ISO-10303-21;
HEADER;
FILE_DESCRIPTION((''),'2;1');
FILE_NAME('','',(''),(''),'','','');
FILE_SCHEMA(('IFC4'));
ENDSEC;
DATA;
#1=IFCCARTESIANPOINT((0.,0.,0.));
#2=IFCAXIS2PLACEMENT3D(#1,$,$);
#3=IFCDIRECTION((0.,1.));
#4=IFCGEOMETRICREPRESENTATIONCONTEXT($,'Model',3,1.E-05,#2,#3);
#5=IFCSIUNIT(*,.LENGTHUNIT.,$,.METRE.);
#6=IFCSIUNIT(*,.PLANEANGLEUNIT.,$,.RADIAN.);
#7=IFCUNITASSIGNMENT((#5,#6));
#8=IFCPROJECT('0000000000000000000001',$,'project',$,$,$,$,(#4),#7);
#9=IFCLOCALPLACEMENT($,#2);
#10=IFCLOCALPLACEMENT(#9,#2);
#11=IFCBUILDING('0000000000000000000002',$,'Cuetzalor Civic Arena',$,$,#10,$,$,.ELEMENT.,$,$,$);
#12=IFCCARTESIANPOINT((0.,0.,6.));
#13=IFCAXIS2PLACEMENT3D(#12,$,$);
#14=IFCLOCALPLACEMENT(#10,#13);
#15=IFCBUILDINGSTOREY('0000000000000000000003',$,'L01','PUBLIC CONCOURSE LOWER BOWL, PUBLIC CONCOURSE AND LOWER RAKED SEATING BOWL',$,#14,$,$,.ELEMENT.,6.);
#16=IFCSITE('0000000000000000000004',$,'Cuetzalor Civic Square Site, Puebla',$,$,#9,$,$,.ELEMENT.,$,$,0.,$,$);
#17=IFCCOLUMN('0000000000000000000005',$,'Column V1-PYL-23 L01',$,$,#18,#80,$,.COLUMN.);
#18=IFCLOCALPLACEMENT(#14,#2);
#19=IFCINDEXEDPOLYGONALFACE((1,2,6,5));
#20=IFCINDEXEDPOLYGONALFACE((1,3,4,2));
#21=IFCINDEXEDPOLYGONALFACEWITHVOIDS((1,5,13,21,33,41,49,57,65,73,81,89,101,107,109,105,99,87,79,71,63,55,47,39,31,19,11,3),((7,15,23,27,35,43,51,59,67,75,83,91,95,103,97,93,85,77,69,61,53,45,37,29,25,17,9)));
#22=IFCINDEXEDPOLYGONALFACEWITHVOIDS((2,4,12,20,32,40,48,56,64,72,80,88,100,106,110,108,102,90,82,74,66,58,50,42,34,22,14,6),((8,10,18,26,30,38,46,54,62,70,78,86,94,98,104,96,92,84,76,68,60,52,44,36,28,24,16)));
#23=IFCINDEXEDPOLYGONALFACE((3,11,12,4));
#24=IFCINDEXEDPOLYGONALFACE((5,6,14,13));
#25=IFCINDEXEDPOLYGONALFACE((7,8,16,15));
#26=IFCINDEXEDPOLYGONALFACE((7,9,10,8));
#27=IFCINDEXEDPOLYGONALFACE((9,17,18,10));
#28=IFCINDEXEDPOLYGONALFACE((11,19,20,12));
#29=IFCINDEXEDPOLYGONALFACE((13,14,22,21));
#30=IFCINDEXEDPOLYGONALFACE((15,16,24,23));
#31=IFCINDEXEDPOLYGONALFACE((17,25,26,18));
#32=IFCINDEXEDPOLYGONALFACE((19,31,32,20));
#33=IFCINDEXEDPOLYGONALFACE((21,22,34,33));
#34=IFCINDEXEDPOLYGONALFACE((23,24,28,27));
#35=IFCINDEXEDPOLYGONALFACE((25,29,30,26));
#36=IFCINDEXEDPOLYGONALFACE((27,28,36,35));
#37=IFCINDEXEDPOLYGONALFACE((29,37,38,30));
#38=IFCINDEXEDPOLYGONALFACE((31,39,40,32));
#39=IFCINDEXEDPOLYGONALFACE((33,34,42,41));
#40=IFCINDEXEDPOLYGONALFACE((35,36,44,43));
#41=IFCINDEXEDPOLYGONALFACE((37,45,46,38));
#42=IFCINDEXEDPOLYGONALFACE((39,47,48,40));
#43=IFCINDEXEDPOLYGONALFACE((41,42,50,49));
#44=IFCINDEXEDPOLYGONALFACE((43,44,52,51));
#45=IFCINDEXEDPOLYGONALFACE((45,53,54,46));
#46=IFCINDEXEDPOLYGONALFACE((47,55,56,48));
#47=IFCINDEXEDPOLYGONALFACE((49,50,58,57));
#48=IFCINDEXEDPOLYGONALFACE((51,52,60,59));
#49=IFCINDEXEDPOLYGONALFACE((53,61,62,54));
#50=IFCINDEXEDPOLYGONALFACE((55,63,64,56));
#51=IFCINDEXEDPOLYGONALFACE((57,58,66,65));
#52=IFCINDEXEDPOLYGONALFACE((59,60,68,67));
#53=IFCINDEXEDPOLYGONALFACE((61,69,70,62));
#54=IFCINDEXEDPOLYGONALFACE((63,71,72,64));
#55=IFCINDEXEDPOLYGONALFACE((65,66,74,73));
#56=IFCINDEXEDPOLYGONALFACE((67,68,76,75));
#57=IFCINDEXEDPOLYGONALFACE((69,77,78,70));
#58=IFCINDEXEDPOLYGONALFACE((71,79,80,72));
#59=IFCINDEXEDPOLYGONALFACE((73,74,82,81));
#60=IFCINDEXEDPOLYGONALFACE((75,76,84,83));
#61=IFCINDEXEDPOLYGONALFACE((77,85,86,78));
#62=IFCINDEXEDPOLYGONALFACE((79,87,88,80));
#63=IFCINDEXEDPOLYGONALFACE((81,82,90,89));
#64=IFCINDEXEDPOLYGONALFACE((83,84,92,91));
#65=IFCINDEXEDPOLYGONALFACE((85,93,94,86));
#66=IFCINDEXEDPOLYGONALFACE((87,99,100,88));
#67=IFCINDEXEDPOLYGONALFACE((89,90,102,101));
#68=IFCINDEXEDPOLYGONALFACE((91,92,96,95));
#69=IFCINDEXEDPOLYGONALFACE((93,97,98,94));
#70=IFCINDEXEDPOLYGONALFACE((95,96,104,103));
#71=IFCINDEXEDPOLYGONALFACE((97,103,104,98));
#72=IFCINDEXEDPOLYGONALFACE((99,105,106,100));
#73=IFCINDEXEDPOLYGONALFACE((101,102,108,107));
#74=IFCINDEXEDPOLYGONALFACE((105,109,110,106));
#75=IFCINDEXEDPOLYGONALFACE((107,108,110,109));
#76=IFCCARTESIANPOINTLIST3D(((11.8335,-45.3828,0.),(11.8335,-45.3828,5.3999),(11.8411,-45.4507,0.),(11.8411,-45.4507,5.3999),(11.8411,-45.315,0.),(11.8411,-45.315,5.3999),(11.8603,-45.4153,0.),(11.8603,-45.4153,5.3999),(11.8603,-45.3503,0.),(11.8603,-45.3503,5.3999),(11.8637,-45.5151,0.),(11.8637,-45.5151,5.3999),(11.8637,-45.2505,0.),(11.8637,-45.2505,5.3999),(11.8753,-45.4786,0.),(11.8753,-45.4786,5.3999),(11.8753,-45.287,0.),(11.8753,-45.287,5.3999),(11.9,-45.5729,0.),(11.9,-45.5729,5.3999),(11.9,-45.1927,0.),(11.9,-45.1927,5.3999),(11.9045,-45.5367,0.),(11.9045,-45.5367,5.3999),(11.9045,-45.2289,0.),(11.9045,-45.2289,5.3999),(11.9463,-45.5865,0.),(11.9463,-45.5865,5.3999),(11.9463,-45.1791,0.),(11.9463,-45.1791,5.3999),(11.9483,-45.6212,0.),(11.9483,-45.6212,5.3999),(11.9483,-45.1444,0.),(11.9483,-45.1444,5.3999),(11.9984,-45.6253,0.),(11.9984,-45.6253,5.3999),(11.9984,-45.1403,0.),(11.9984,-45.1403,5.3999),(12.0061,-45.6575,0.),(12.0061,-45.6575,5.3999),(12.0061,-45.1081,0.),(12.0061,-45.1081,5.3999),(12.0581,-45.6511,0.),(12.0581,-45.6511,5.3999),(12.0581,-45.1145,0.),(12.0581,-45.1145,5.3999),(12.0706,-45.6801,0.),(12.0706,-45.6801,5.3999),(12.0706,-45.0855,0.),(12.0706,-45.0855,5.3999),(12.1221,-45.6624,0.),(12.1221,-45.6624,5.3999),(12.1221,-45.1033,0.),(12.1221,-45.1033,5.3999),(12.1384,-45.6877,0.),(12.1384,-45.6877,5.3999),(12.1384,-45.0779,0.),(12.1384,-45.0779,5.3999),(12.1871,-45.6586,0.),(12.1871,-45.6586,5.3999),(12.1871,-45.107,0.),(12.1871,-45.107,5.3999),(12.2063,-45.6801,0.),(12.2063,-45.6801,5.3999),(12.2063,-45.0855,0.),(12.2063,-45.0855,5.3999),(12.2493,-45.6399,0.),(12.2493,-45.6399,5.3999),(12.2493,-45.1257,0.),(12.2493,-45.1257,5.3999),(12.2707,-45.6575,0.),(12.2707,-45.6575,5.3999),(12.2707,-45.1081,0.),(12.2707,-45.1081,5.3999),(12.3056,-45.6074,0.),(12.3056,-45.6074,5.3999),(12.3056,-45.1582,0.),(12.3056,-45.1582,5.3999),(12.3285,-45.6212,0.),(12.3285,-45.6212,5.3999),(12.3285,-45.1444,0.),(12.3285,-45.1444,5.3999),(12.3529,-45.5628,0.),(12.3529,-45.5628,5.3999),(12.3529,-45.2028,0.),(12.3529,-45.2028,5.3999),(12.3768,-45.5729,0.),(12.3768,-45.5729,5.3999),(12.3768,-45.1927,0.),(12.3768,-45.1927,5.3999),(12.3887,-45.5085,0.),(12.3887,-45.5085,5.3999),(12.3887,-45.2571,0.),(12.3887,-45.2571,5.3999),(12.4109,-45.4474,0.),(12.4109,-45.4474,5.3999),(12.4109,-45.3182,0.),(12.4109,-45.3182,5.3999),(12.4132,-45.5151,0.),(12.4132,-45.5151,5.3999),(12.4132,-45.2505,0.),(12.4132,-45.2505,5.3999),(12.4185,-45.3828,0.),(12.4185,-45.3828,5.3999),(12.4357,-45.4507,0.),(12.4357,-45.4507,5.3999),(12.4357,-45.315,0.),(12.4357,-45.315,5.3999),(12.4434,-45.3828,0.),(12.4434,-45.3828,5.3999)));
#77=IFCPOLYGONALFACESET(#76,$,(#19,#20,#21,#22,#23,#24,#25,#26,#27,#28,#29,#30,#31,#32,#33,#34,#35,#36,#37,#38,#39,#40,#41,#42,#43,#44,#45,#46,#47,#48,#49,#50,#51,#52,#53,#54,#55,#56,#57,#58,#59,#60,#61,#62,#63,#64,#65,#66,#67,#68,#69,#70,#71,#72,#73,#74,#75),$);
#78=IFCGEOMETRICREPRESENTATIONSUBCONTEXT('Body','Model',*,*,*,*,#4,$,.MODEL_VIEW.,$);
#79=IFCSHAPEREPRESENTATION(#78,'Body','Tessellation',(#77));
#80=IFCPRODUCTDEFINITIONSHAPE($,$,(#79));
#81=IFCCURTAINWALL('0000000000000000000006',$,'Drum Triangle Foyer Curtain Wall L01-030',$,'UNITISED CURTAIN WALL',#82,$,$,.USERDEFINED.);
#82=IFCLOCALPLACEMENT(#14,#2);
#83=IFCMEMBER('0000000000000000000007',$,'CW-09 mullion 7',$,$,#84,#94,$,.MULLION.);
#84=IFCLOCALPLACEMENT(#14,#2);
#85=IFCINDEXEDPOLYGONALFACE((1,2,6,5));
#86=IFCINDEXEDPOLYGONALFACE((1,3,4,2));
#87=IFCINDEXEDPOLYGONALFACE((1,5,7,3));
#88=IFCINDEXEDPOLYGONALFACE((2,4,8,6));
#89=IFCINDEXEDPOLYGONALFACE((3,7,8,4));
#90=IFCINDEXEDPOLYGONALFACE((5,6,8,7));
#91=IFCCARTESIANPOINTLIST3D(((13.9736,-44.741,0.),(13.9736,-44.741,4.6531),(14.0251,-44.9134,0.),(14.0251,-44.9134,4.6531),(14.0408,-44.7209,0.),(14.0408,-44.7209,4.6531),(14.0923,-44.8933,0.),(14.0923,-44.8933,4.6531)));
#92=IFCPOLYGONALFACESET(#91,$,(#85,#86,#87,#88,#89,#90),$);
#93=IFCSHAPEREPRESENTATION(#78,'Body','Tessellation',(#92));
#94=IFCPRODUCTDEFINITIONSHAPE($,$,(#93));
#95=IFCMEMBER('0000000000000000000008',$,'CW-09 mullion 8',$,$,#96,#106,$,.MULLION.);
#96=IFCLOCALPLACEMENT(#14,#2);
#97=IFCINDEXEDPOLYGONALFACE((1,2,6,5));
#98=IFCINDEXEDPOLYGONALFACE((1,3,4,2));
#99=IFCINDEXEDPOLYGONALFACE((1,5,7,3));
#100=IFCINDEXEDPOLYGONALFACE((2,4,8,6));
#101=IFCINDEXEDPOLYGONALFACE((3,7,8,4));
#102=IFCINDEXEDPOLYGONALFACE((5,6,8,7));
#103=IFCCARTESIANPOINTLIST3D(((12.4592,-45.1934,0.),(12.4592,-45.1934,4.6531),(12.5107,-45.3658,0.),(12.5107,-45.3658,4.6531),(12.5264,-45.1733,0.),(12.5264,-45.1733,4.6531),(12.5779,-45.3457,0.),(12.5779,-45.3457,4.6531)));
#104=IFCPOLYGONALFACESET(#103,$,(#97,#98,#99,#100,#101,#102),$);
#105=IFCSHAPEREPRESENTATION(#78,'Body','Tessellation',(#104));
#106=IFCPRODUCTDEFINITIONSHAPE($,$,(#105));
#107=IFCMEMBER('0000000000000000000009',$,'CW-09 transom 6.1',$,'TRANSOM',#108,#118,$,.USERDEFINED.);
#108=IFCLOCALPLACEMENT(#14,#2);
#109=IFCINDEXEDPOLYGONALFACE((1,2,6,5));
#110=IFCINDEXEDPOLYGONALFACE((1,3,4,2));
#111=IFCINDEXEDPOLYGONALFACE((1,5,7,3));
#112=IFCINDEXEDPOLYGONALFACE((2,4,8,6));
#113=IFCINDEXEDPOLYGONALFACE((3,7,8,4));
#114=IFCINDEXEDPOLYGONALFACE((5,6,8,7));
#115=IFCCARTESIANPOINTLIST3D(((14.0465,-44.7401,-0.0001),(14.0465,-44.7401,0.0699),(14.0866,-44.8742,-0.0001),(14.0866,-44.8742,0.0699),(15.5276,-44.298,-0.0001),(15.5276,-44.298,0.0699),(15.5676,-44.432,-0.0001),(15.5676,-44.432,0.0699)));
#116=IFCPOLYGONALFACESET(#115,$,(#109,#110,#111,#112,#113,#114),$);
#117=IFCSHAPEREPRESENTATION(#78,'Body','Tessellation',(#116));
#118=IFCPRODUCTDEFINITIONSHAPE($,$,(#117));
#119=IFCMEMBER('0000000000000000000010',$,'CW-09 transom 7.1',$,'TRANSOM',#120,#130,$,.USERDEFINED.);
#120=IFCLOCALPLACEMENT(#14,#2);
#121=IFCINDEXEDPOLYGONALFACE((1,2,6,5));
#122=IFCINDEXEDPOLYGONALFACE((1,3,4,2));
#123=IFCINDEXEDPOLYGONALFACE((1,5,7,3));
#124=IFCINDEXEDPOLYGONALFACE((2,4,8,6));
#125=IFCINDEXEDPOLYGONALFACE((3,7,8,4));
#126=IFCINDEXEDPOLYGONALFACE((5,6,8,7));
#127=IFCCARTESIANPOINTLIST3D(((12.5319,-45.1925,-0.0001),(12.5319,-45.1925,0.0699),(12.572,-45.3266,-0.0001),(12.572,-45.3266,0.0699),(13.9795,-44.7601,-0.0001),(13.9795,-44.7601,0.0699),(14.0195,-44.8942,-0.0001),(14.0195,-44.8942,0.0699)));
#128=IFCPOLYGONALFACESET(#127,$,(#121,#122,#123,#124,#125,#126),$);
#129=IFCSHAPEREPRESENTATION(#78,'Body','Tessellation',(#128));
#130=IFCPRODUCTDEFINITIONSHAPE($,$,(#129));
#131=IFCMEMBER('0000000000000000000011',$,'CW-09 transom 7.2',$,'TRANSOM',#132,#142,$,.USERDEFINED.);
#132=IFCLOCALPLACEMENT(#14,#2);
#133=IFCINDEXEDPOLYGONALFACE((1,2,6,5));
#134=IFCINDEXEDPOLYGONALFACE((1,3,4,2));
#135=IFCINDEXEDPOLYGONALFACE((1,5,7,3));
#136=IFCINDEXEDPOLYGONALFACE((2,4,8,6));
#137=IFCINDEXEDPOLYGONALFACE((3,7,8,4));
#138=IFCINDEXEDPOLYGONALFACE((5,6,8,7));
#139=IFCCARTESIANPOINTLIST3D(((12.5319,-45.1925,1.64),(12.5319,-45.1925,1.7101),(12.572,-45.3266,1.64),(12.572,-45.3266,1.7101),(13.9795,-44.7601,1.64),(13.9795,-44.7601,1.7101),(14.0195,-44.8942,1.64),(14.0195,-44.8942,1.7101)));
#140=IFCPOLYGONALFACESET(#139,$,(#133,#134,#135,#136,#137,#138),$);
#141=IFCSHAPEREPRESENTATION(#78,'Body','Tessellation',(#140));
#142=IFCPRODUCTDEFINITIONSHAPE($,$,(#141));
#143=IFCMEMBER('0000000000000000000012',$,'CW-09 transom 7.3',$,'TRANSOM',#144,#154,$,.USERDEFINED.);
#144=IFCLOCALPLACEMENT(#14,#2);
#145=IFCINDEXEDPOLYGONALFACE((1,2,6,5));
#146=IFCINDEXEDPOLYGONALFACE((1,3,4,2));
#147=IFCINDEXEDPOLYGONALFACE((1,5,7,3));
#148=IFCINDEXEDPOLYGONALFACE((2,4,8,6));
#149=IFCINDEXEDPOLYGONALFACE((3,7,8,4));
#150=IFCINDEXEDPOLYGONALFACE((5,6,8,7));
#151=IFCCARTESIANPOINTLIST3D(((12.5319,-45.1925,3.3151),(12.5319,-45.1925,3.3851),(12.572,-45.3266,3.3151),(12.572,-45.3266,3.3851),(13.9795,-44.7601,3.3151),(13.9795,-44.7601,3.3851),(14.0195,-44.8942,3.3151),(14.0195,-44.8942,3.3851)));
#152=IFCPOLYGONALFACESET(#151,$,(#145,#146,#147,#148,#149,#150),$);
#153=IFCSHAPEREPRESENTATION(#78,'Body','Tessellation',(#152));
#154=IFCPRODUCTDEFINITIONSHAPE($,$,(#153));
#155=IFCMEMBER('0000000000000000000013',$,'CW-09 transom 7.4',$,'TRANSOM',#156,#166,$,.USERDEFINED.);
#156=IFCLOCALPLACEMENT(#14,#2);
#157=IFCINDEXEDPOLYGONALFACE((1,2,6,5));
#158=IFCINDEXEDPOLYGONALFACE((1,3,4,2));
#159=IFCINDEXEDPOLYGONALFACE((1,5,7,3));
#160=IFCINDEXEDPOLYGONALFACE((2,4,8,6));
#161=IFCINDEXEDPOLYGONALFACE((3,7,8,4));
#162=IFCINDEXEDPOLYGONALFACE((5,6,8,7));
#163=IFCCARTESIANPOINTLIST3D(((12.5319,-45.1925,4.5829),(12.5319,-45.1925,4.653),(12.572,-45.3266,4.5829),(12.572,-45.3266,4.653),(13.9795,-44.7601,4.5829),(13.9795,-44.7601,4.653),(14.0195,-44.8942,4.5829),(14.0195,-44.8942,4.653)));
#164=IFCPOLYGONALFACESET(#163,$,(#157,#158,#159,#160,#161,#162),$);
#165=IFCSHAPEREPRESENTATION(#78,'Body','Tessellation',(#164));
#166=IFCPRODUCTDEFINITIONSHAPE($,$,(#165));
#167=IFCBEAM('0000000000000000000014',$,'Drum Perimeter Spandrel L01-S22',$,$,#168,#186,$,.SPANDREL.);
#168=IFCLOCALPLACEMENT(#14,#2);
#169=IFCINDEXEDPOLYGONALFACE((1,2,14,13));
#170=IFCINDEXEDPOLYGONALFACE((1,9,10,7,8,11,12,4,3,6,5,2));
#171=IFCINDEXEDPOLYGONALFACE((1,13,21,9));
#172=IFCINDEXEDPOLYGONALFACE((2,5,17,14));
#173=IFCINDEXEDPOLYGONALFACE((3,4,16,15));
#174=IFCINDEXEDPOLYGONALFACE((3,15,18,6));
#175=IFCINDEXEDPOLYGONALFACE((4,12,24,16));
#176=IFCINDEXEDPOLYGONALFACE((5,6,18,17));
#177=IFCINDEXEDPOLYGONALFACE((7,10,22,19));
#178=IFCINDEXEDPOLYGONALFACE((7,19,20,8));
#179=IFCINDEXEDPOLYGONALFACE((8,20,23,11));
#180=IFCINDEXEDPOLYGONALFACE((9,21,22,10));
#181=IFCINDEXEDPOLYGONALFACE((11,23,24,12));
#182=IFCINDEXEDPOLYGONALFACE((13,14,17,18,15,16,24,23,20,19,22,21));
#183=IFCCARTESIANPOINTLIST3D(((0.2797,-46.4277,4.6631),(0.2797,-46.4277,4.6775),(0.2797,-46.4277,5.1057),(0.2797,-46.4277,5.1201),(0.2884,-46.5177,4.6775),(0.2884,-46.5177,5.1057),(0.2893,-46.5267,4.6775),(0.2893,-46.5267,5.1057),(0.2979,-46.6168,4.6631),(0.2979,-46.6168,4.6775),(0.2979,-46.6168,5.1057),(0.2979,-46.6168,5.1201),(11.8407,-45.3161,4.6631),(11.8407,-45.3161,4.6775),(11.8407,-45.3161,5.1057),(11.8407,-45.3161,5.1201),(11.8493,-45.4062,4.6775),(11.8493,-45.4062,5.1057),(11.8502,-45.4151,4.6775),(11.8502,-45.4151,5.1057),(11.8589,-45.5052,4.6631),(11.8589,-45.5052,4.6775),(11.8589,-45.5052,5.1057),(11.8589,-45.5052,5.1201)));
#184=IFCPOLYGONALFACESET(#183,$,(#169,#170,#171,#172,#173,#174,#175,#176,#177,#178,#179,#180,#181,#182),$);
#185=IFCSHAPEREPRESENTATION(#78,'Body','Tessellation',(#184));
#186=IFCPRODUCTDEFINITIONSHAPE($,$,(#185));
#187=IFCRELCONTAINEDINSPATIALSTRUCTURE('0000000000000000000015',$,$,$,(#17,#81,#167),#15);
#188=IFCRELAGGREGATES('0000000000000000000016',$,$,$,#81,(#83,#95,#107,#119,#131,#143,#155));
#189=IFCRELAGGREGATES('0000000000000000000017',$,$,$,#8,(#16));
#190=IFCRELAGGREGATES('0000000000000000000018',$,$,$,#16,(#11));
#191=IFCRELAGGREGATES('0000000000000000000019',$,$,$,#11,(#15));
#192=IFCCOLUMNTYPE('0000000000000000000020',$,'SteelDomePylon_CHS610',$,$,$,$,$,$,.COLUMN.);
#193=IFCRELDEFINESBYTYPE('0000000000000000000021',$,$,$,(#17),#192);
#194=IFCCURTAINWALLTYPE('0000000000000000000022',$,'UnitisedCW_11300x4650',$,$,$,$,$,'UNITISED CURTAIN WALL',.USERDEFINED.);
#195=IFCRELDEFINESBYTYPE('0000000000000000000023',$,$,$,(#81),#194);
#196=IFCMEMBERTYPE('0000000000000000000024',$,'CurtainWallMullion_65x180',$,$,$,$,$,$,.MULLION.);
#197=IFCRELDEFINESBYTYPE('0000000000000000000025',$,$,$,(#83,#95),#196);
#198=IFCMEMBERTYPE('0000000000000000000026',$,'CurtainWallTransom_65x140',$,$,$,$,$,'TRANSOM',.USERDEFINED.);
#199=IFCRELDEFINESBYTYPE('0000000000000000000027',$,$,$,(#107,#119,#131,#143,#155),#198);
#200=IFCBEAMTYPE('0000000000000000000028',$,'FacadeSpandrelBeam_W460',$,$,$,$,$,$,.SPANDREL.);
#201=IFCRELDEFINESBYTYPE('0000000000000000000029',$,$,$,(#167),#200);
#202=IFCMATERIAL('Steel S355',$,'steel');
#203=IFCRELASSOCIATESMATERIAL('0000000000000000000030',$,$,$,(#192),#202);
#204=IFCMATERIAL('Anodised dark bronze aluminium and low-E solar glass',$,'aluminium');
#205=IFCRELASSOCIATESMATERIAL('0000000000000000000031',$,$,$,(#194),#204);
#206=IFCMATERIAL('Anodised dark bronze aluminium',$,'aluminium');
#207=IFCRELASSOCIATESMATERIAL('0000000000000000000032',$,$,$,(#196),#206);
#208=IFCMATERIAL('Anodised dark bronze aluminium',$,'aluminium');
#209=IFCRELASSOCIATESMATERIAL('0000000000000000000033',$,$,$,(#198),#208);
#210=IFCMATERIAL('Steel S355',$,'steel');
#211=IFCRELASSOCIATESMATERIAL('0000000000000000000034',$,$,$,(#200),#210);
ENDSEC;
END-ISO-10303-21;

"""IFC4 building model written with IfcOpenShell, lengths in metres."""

from ifc_helpers import new_model, si_unit, direction, frame, origin, origin_2d, place, context, subcontext, project, spatial, rectangle, hollow_circle, i_section, extrude, material, material_profile, profile_set, type_object, element, aggregate, save


model = new_model("IFC4")

# Units and contexts
model_context = context("Model", 3, precision=1e-05, world=origin(), true_north=direction((0.0, 1.0)))
body_context = subcontext(model_context, "Body", "Model", "MODEL_VIEW")
ifc_project = project(units=[si_unit("LENGTHUNIT", "METRE"), si_unit("PLANEANGLEUNIT", "RADIAN")], contexts=[model_context])

# Site, building, storey
site_placement = place(None, origin())
site = spatial("IfcSite", under=ifc_project, at=site_placement, Name="Cuetzalor Civic Square Site, Puebla", CompositionType="ELEMENT", RefElevation=0.0)
building_placement = place(site_placement, origin())
building = spatial("IfcBuilding", under=site, at=building_placement, Name="Cuetzalor Civic Arena", CompositionType="ELEMENT")
storey_placement = place(building_placement, frame((0.0, 0.0, 6.0)))
storey = spatial("IfcBuildingStorey", under=building, at=storey_placement, Name="L01", Description="PUBLIC CONCOURSE LOWER BOWL, PUBLIC CONCOURSE AND LOWER RAKED SEATING BOWL", CompositionType="ELEMENT", Elevation=6.0)

# Column
ifc_material_1 = material(Name="Steel S355", Category="steel")
ifc_material_profile_1 = material_profile(ifc_material_1, hollow_circle(Radius=0.3049, WallThickness=0.0249, at=origin_2d()), Name="CHS 610x25")
ifc_profile_set_1 = profile_set([ifc_material_profile_1], Name="Steel S355")
column_type = type_object("IfcColumnType", Name="SteelDomePylon_CHS610", PredefinedType="COLUMN", material=ifc_profile_set_1)
column_placement = place(storey_placement, frame((12.1384, -45.3828, 0.0), z_axis=(0.0, 0.0, 1.0), x_axis=(1.0, 0.0, 0.0)))
element("IfcColumn", 1, at=column_placement, inside=storey, type_object=column_type, Name="Column V1-PYL-23 L01", PredefinedType="COLUMN", context=body_context, shape_type="SweptSolid", body=[
    extrude(hollow_circle(Radius=0.3049, WallThickness=0.0249, at=origin_2d()), origin(), (0.0, 0.0, 1.0), 5.3999),
])

# Curtain wall, members
ifc_material_2 = material(Name="Anodised dark bronze aluminium and low-E solar glass", Category="aluminium")
curtain_wall_type = type_object("IfcCurtainWallType", Name="UnitisedCW_11300x4650", ElementType="UNITISED CURTAIN WALL", PredefinedType="USERDEFINED", material=ifc_material_2)
curtain_wall_placement = place(storey_placement, origin())
curtain_wall = element("IfcCurtainWall", 2, at=curtain_wall_placement, inside=storey, type_object=curtain_wall_type, Name="Drum Triangle Foyer Curtain Wall L01-030", ObjectType="UNITISED CURTAIN WALL", PredefinedType="USERDEFINED")
ifc_material_3 = material(Name="Anodised dark bronze aluminium", Category="aluminium")
ifc_material_profile_2 = material_profile(ifc_material_3, rectangle(XDim=0.0701, YDim=0.1799, at=origin_2d()), Name="ALU MULLION 70x180")
ifc_profile_set_2 = profile_set([ifc_material_profile_2], Name="Anodised dark bronze aluminium")
member_type_1 = type_object("IfcMemberType", Name="CurtainWallMullion_65x180", PredefinedType="MULLION", material=ifc_profile_set_2)
member_1_placement = place(storey_placement, frame((14.033, -44.8171, 0.0), z_axis=(0.0, 0.0, 1.0), x_axis=(-0.958194, -0.28612, 0.0)))
member_1 = element("IfcMember", 3, at=member_1_placement, type_object=member_type_1, Name="CW-09 mullion 7", PredefinedType="MULLION", context=body_context, shape_type="SweptSolid", body=[
    extrude(rectangle(XDim=0.0701, YDim=0.1799, at=origin_2d()), origin(), (0.0, 0.0, 1.0), 4.6531),
])
member_2_placement = place(storey_placement, frame((12.5186, -45.2695, 0.0), z_axis=(0.0, 0.0, 1.0), x_axis=(-0.958194, -0.28612, 0.0)))
member_2 = element("IfcMember", 4, at=member_2_placement, type_object=member_type_1, Name="CW-09 mullion 8", PredefinedType="MULLION", context=body_context, shape_type="SweptSolid", body=[
    extrude(rectangle(XDim=0.0701, YDim=0.1799, at=origin_2d()), origin(), (0.0, 0.0, 1.0), 4.6531),
])
ifc_material_4 = material(Name="Anodised dark bronze aluminium", Category="aluminium")
ifc_material_profile_3 = material_profile(ifc_material_4, rectangle(XDim=0.1399, YDim=0.0701, at=origin_2d()), Name="ALU TRANSOM 70x140")
ifc_profile_set_3 = profile_set([ifc_material_profile_3], Name="Anodised dark bronze aluminium")
member_type_2 = type_object("IfcMemberType", Name="CurtainWallTransom_65x140", ElementType="TRANSOM", PredefinedType="USERDEFINED", material=ifc_profile_set_3)
member_3_placement = place(storey_placement, frame((15.5476, -44.365, 0.0349), z_axis=(-0.958208, -0.286072, 0.0), x_axis=(0.286072, -0.958208, 0.0)))
member_3 = element("IfcMember", 5, at=member_3_placement, type_object=member_type_2, Name="CW-09 transom 6.1", ObjectType="TRANSOM", PredefinedType="USERDEFINED", context=body_context, shape_type="SweptSolid", body=[
    extrude(rectangle(XDim=0.1399, YDim=0.0701, at=origin_2d()), origin(), (0.0, 0.0, 1.0), 1.5457),
])
member_4_placement = place(storey_placement, frame((13.9995, -44.8271, 0.0349), z_axis=(-0.958168, -0.286206, 0.0), x_axis=(0.286206, -0.958168, 0.0)))
member_4 = element("IfcMember", 6, at=member_4_placement, type_object=member_type_2, Name="CW-09 transom 7.1", ObjectType="TRANSOM", PredefinedType="USERDEFINED", context=body_context, shape_type="SweptSolid", body=[
    extrude(rectangle(XDim=0.1399, YDim=0.0701, at=origin_2d()), origin(), (0.0, 0.0, 1.0), 1.5107),
])
member_5_placement = place(storey_placement, frame((13.9995, -44.8271, 1.675), z_axis=(-0.958168, -0.286206, 0.0), x_axis=(0.286206, -0.958168, 0.0)))
member_5 = element("IfcMember", 7, at=member_5_placement, type_object=member_type_2, Name="CW-09 transom 7.2", ObjectType="TRANSOM", PredefinedType="USERDEFINED", context=body_context, shape_type="SweptSolid", body=[
    extrude(rectangle(XDim=0.1399, YDim=0.0701, at=origin_2d()), origin(), (0.0, 0.0, 1.0), 1.5107),
])
member_6_placement = place(storey_placement, frame((13.9995, -44.8271, 3.3501), z_axis=(-0.958168, -0.286206, 0.0), x_axis=(0.286206, -0.958168, 0.0)))
member_6 = element("IfcMember", 8, at=member_6_placement, type_object=member_type_2, Name="CW-09 transom 7.3", ObjectType="TRANSOM", PredefinedType="USERDEFINED", context=body_context, shape_type="SweptSolid", body=[
    extrude(rectangle(XDim=0.1399, YDim=0.0701, at=origin_2d()), origin(), (0.0, 0.0, 1.0), 1.5107),
])
member_7_placement = place(storey_placement, frame((13.9995, -44.8271, 4.6179), z_axis=(-0.958168, -0.286206, 0.0), x_axis=(0.286206, -0.958168, 0.0)))
member_7 = element("IfcMember", 9, at=member_7_placement, type_object=member_type_2, Name="CW-09 transom 7.4", ObjectType="TRANSOM", PredefinedType="USERDEFINED", context=body_context, shape_type="SweptSolid", body=[
    extrude(rectangle(XDim=0.1399, YDim=0.0701, at=origin_2d()), origin(), (0.0, 0.0, 1.0), 1.5107),
])

# Beam
ifc_material_5 = material(Name="Steel S355", Category="steel")
ifc_material_profile_4 = material_profile(ifc_material_5, i_section(OverallWidth=0.1899, OverallDepth=0.457, WebThickness=0.009, FlangeThickness=0.0144, at=origin_2d()), Name="W460x74")
ifc_profile_set_4 = profile_set([ifc_material_profile_4], Name="Steel S355")
beam_type = type_object("IfcBeamType", Name="FacadeSpandrelBeam_W460", PredefinedType="SPANDREL", material=ifc_profile_set_4)
beam_1_placement = place(storey_placement, frame((0.2888, -46.5222, 4.8916), z_axis=(0.99541, 0.095707, 0.0), x_axis=(-0.095707, 0.99541, 0.0)))
element("IfcBeam", 10, at=beam_1_placement, inside=storey, type_object=beam_type, Name="Drum Perimeter Spandrel L01-S22", PredefinedType="SPANDREL", context=body_context, shape_type="SweptSolid", body=[
    extrude(i_section(OverallWidth=0.1899, OverallDepth=0.457, WebThickness=0.009, FlangeThickness=0.0144, at=origin_2d()), origin(), (0.0, 0.0, 1.0), 11.6143),
])

aggregate(curtain_wall, [member_1, member_2, member_3, member_4, member_5, member_6, member_7])

save(model, "model.ifc")
